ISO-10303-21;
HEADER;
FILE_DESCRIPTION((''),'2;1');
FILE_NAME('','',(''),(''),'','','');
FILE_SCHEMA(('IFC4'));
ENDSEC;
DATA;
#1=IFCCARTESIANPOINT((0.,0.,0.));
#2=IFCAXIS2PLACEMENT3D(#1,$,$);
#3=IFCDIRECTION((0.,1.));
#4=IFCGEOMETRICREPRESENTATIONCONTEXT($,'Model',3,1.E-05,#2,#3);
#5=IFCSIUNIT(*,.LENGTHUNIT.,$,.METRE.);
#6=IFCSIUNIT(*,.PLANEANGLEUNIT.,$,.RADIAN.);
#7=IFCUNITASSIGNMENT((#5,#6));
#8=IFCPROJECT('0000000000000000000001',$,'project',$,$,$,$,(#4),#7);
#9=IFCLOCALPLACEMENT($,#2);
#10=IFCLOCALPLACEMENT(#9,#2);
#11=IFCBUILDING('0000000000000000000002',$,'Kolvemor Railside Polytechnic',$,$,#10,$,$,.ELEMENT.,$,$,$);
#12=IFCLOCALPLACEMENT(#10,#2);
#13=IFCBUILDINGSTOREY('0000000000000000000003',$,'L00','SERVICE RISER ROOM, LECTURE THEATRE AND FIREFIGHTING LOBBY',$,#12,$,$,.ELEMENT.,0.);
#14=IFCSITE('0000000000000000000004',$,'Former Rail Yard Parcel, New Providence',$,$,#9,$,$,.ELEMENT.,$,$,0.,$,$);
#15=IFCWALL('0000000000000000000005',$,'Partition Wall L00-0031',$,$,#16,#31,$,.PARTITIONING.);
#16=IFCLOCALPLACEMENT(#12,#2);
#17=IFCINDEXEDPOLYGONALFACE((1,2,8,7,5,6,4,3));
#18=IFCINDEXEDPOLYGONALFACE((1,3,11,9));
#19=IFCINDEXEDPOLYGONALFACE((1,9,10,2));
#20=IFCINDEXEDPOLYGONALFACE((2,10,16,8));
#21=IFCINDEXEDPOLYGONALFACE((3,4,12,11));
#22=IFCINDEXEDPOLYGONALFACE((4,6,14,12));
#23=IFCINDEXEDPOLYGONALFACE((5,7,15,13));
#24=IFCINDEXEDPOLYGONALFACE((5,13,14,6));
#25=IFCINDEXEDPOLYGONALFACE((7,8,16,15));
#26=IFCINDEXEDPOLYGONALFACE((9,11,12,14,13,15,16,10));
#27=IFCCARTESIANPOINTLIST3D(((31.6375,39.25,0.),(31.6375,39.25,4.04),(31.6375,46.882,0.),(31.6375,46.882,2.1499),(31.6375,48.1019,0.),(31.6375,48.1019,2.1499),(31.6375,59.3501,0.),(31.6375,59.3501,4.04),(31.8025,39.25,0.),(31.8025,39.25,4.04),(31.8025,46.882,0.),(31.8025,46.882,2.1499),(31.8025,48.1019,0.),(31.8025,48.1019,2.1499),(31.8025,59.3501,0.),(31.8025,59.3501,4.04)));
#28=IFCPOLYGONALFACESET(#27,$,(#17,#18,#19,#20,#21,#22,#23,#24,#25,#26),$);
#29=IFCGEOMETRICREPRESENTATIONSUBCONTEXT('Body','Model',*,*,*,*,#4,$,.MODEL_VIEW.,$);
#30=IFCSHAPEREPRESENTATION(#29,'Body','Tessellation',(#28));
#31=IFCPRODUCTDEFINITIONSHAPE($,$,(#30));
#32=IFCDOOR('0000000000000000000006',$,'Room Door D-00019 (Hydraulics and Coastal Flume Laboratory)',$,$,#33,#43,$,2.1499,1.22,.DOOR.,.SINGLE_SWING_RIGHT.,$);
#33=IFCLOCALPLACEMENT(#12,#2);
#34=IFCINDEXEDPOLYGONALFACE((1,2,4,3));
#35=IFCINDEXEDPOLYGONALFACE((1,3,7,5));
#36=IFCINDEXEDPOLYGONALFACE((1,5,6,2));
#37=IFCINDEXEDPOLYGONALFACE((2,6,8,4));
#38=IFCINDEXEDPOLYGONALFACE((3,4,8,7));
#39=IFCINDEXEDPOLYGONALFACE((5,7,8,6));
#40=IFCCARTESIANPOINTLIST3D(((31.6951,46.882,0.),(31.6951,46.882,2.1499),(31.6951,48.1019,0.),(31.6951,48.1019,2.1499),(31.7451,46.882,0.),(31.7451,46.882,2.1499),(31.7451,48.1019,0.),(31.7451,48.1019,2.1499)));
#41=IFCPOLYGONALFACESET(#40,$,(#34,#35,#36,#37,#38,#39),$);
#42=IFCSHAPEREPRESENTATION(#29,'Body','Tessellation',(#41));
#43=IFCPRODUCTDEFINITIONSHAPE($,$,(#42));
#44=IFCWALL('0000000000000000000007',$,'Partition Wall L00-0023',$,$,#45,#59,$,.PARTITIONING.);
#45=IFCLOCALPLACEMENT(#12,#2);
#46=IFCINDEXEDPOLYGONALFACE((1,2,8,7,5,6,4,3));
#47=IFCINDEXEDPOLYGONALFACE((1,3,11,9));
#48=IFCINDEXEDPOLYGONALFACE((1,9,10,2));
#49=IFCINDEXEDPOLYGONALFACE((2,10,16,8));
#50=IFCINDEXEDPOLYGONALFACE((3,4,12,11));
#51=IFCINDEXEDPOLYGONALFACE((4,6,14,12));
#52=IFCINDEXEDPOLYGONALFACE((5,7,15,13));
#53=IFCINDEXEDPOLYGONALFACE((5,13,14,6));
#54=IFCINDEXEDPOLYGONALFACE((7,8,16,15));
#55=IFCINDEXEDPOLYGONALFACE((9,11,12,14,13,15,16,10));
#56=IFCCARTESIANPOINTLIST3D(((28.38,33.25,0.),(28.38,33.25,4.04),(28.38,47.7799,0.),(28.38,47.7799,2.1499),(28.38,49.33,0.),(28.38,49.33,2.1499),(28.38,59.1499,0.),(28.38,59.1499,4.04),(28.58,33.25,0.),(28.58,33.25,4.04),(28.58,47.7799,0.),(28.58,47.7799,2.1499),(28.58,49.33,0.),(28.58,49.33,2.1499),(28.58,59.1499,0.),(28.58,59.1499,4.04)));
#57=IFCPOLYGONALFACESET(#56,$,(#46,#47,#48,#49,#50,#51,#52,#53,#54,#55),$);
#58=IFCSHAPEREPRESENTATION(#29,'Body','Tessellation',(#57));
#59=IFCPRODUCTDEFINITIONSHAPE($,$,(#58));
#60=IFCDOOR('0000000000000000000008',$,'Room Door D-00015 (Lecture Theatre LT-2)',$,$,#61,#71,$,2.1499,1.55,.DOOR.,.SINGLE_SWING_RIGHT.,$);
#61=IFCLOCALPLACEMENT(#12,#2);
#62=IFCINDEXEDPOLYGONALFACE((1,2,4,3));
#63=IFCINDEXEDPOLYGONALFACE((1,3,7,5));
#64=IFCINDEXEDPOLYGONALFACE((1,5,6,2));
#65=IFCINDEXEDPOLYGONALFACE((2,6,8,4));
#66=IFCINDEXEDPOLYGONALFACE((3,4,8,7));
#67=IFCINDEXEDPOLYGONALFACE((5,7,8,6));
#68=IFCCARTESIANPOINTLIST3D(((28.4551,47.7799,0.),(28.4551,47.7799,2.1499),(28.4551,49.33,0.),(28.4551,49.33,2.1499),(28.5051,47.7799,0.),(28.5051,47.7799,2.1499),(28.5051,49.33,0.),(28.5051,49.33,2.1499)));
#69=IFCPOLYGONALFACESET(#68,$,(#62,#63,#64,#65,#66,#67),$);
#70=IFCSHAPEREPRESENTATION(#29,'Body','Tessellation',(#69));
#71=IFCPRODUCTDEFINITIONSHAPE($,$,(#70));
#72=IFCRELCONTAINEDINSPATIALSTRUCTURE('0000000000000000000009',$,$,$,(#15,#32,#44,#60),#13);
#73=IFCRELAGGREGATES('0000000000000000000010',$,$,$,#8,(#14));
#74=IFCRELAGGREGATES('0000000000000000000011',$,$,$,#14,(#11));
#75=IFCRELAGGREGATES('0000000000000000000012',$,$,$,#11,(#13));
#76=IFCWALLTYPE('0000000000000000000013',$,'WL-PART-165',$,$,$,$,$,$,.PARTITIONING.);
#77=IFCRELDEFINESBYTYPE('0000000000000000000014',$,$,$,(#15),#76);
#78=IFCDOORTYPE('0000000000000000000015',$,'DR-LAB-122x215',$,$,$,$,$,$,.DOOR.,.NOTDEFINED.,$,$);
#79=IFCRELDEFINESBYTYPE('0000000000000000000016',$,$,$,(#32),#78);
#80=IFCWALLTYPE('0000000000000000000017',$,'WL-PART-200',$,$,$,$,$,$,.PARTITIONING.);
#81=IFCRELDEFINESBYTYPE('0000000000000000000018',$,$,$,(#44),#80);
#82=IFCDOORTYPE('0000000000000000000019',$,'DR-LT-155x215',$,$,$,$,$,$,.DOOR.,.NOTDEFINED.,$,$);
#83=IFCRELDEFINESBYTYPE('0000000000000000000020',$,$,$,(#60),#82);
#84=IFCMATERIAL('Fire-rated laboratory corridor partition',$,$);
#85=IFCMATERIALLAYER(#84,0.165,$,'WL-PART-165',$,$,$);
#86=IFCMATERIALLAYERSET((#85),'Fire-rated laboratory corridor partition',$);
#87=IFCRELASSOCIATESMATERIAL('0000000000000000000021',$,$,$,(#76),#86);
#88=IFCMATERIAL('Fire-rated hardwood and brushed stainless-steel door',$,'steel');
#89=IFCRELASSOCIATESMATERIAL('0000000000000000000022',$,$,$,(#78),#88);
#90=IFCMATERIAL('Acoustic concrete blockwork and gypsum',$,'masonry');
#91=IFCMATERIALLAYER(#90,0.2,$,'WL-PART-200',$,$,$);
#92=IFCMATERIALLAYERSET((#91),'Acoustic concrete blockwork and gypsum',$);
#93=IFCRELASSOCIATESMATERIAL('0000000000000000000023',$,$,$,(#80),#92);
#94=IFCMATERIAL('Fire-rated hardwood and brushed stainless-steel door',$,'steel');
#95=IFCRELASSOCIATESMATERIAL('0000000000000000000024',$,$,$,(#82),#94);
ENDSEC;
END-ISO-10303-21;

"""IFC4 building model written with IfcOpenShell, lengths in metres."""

from ifc_helpers import new_model, si_unit, direction, frame, frame_2d, origin, place, context, subcontext, project, spatial, rectangle, extrude, material, layer, layer_set, type_object, element, fill, save


model = new_model("IFC4")

# Units and contexts
model_context = context("Model", 3, precision=1e-05, world=origin(), true_north=direction((0.0, 1.0)))
body_context = subcontext(model_context, "Body", "Model", "MODEL_VIEW")
ifc_project = project(units=[si_unit("LENGTHUNIT", "METRE"), si_unit("PLANEANGLEUNIT", "RADIAN")], contexts=[model_context])

# Site, building, storey
site_placement = place(None, origin())
site = spatial("IfcSite", under=ifc_project, at=site_placement, Name="Former Rail Yard Parcel, New Providence", CompositionType="ELEMENT", RefElevation=0.0)
building_placement = place(site_placement, origin())
building = spatial("IfcBuilding", under=site, at=building_placement, Name="Kolvemor Railside Polytechnic", CompositionType="ELEMENT")
storey_placement = place(building_placement, origin())
storey = spatial("IfcBuildingStorey", under=building, at=storey_placement, Name="L00", Description="SERVICE RISER ROOM, LECTURE THEATRE AND FIREFIGHTING LOBBY", CompositionType="ELEMENT", Elevation=0.0)

# Walls, openings, doors
ifc_material_1 = material(Name="Fire-rated laboratory corridor partition")
ifc_layer_1 = layer(ifc_material_1, 0.165, Name="WL-PART-165")
ifc_layer_set_1 = layer_set([ifc_layer_1], Name="Fire-rated laboratory corridor partition")
wall_type_1 = type_object("IfcWallType", Name="WL-PART-165", PredefinedType="PARTITIONING", material=ifc_layer_set_1)
wall_1_placement = place(storey_placement, frame((31.72, 39.25, 0.0), z_axis=(0.0, 0.0, 1.0), x_axis=(0.0, 1.0, 0.0)))
wall_1 = element("IfcWall", 1, at=wall_1_placement, inside=storey, type_object=wall_type_1, Name="Partition Wall L00-0031", PredefinedType="PARTITIONING", context=body_context, shape_type="SweptSolid", body=[
    extrude(rectangle(XDim=20.1001, YDim=0.165, at=frame_2d((10.05, 0.0))), origin(), (0.0, 0.0, 1.0), 4.04),
])
opening_1_placement = place(wall_1_placement, frame((7.6321, 0.0, 0.0)))
opening_1 = element("IfcOpeningElement", 2, at=opening_1_placement, cuts=wall_1, PredefinedType="OPENING", context=body_context, shape_type="SweptSolid", body=[
    extrude(rectangle(XDim=1.22, YDim=2.1499, at=frame_2d((0.6099, 1.075))), frame((0.0, 0.0925, 0.0), z_axis=(0.0, -1.0, 0.0), x_axis=(1.0, 0.0, 0.0)), (0.0, 0.0, 1.0), 0.1851),
])
ifc_material_2 = material(Name="Fire-rated hardwood and brushed stainless-steel door", Category="steel")
door_type_1 = type_object("IfcDoorType", Name="DR-LAB-122x215", OperationType="NOTDEFINED", PredefinedType="DOOR", material=ifc_material_2)
door_1_placement = place(opening_1_placement, origin())
door_1 = element("IfcDoor", 3, at=door_1_placement, inside=storey, type_object=door_type_1, Name="Room Door D-00019 (Hydraulics and Coastal Flume Laboratory)", OperationType="SINGLE_SWING_RIGHT", OverallHeight=2.1499, OverallWidth=1.22, PredefinedType="DOOR", context=body_context, shape_type="SweptSolid", body=[
    extrude(rectangle(XDim=1.22, YDim=2.1499, at=frame_2d((0.6099, 1.075))), frame((0.0, 0.0249, 0.0), z_axis=(0.0, -1.0, 0.0), x_axis=(1.0, 0.0, 0.0)), (0.0, 0.0, 1.0), 0.05),
])
fill(opening_1, door_1)
ifc_material_3 = material(Name="Acoustic concrete blockwork and gypsum", Category="masonry")
ifc_layer_2 = layer(ifc_material_3, 0.2, Name="WL-PART-200")
ifc_layer_set_2 = layer_set([ifc_layer_2], Name="Acoustic concrete blockwork and gypsum")
wall_type_2 = type_object("IfcWallType", Name="WL-PART-200", PredefinedType="PARTITIONING", material=ifc_layer_set_2)
wall_2_placement = place(storey_placement, frame((28.48, 33.25, 0.0), z_axis=(0.0, 0.0, 1.0), x_axis=(0.0, 1.0, 0.0)))
wall_2 = element("IfcWall", 4, at=wall_2_placement, inside=storey, type_object=wall_type_2, Name="Partition Wall L00-0023", PredefinedType="PARTITIONING", context=body_context, shape_type="SweptSolid", body=[
    extrude(rectangle(XDim=25.8999, YDim=0.2, at=frame_2d((12.95, 0.0))), origin(), (0.0, 0.0, 1.0), 4.04),
])
opening_2_placement = place(wall_2_placement, frame((14.53, 0.0, 0.0)))
opening_2 = element("IfcOpeningElement", 5, at=opening_2_placement, cuts=wall_2, PredefinedType="OPENING", context=body_context, shape_type="SweptSolid", body=[
    extrude(rectangle(XDim=1.55, YDim=2.1499, at=frame_2d((0.7749, 1.075))), frame((0.0, 0.1099, 0.0), z_axis=(0.0, -1.0, 0.0), x_axis=(1.0, 0.0, 0.0)), (0.0, 0.0, 1.0), 0.22),
])
ifc_material_4 = material(Name="Fire-rated hardwood and brushed stainless-steel door", Category="steel")
door_type_2 = type_object("IfcDoorType", Name="DR-LT-155x215", OperationType="NOTDEFINED", PredefinedType="DOOR", material=ifc_material_4)
door_2_placement = place(opening_2_placement, origin())
door_2 = element("IfcDoor", 6, at=door_2_placement, inside=storey, type_object=door_type_2, Name="Room Door D-00015 (Lecture Theatre LT-2)", OperationType="SINGLE_SWING_RIGHT", OverallHeight=2.1499, OverallWidth=1.55, PredefinedType="DOOR", context=body_context, shape_type="SweptSolid", body=[
    extrude(rectangle(XDim=1.55, YDim=2.1499, at=frame_2d((0.7749, 1.075))), frame((0.0, 0.0249, 0.0), z_axis=(0.0, -1.0, 0.0), x_axis=(1.0, 0.0, 0.0)), (0.0, 0.0, 1.0), 0.05),
])
fill(opening_2, door_2)

save(model, "model.ifc")
